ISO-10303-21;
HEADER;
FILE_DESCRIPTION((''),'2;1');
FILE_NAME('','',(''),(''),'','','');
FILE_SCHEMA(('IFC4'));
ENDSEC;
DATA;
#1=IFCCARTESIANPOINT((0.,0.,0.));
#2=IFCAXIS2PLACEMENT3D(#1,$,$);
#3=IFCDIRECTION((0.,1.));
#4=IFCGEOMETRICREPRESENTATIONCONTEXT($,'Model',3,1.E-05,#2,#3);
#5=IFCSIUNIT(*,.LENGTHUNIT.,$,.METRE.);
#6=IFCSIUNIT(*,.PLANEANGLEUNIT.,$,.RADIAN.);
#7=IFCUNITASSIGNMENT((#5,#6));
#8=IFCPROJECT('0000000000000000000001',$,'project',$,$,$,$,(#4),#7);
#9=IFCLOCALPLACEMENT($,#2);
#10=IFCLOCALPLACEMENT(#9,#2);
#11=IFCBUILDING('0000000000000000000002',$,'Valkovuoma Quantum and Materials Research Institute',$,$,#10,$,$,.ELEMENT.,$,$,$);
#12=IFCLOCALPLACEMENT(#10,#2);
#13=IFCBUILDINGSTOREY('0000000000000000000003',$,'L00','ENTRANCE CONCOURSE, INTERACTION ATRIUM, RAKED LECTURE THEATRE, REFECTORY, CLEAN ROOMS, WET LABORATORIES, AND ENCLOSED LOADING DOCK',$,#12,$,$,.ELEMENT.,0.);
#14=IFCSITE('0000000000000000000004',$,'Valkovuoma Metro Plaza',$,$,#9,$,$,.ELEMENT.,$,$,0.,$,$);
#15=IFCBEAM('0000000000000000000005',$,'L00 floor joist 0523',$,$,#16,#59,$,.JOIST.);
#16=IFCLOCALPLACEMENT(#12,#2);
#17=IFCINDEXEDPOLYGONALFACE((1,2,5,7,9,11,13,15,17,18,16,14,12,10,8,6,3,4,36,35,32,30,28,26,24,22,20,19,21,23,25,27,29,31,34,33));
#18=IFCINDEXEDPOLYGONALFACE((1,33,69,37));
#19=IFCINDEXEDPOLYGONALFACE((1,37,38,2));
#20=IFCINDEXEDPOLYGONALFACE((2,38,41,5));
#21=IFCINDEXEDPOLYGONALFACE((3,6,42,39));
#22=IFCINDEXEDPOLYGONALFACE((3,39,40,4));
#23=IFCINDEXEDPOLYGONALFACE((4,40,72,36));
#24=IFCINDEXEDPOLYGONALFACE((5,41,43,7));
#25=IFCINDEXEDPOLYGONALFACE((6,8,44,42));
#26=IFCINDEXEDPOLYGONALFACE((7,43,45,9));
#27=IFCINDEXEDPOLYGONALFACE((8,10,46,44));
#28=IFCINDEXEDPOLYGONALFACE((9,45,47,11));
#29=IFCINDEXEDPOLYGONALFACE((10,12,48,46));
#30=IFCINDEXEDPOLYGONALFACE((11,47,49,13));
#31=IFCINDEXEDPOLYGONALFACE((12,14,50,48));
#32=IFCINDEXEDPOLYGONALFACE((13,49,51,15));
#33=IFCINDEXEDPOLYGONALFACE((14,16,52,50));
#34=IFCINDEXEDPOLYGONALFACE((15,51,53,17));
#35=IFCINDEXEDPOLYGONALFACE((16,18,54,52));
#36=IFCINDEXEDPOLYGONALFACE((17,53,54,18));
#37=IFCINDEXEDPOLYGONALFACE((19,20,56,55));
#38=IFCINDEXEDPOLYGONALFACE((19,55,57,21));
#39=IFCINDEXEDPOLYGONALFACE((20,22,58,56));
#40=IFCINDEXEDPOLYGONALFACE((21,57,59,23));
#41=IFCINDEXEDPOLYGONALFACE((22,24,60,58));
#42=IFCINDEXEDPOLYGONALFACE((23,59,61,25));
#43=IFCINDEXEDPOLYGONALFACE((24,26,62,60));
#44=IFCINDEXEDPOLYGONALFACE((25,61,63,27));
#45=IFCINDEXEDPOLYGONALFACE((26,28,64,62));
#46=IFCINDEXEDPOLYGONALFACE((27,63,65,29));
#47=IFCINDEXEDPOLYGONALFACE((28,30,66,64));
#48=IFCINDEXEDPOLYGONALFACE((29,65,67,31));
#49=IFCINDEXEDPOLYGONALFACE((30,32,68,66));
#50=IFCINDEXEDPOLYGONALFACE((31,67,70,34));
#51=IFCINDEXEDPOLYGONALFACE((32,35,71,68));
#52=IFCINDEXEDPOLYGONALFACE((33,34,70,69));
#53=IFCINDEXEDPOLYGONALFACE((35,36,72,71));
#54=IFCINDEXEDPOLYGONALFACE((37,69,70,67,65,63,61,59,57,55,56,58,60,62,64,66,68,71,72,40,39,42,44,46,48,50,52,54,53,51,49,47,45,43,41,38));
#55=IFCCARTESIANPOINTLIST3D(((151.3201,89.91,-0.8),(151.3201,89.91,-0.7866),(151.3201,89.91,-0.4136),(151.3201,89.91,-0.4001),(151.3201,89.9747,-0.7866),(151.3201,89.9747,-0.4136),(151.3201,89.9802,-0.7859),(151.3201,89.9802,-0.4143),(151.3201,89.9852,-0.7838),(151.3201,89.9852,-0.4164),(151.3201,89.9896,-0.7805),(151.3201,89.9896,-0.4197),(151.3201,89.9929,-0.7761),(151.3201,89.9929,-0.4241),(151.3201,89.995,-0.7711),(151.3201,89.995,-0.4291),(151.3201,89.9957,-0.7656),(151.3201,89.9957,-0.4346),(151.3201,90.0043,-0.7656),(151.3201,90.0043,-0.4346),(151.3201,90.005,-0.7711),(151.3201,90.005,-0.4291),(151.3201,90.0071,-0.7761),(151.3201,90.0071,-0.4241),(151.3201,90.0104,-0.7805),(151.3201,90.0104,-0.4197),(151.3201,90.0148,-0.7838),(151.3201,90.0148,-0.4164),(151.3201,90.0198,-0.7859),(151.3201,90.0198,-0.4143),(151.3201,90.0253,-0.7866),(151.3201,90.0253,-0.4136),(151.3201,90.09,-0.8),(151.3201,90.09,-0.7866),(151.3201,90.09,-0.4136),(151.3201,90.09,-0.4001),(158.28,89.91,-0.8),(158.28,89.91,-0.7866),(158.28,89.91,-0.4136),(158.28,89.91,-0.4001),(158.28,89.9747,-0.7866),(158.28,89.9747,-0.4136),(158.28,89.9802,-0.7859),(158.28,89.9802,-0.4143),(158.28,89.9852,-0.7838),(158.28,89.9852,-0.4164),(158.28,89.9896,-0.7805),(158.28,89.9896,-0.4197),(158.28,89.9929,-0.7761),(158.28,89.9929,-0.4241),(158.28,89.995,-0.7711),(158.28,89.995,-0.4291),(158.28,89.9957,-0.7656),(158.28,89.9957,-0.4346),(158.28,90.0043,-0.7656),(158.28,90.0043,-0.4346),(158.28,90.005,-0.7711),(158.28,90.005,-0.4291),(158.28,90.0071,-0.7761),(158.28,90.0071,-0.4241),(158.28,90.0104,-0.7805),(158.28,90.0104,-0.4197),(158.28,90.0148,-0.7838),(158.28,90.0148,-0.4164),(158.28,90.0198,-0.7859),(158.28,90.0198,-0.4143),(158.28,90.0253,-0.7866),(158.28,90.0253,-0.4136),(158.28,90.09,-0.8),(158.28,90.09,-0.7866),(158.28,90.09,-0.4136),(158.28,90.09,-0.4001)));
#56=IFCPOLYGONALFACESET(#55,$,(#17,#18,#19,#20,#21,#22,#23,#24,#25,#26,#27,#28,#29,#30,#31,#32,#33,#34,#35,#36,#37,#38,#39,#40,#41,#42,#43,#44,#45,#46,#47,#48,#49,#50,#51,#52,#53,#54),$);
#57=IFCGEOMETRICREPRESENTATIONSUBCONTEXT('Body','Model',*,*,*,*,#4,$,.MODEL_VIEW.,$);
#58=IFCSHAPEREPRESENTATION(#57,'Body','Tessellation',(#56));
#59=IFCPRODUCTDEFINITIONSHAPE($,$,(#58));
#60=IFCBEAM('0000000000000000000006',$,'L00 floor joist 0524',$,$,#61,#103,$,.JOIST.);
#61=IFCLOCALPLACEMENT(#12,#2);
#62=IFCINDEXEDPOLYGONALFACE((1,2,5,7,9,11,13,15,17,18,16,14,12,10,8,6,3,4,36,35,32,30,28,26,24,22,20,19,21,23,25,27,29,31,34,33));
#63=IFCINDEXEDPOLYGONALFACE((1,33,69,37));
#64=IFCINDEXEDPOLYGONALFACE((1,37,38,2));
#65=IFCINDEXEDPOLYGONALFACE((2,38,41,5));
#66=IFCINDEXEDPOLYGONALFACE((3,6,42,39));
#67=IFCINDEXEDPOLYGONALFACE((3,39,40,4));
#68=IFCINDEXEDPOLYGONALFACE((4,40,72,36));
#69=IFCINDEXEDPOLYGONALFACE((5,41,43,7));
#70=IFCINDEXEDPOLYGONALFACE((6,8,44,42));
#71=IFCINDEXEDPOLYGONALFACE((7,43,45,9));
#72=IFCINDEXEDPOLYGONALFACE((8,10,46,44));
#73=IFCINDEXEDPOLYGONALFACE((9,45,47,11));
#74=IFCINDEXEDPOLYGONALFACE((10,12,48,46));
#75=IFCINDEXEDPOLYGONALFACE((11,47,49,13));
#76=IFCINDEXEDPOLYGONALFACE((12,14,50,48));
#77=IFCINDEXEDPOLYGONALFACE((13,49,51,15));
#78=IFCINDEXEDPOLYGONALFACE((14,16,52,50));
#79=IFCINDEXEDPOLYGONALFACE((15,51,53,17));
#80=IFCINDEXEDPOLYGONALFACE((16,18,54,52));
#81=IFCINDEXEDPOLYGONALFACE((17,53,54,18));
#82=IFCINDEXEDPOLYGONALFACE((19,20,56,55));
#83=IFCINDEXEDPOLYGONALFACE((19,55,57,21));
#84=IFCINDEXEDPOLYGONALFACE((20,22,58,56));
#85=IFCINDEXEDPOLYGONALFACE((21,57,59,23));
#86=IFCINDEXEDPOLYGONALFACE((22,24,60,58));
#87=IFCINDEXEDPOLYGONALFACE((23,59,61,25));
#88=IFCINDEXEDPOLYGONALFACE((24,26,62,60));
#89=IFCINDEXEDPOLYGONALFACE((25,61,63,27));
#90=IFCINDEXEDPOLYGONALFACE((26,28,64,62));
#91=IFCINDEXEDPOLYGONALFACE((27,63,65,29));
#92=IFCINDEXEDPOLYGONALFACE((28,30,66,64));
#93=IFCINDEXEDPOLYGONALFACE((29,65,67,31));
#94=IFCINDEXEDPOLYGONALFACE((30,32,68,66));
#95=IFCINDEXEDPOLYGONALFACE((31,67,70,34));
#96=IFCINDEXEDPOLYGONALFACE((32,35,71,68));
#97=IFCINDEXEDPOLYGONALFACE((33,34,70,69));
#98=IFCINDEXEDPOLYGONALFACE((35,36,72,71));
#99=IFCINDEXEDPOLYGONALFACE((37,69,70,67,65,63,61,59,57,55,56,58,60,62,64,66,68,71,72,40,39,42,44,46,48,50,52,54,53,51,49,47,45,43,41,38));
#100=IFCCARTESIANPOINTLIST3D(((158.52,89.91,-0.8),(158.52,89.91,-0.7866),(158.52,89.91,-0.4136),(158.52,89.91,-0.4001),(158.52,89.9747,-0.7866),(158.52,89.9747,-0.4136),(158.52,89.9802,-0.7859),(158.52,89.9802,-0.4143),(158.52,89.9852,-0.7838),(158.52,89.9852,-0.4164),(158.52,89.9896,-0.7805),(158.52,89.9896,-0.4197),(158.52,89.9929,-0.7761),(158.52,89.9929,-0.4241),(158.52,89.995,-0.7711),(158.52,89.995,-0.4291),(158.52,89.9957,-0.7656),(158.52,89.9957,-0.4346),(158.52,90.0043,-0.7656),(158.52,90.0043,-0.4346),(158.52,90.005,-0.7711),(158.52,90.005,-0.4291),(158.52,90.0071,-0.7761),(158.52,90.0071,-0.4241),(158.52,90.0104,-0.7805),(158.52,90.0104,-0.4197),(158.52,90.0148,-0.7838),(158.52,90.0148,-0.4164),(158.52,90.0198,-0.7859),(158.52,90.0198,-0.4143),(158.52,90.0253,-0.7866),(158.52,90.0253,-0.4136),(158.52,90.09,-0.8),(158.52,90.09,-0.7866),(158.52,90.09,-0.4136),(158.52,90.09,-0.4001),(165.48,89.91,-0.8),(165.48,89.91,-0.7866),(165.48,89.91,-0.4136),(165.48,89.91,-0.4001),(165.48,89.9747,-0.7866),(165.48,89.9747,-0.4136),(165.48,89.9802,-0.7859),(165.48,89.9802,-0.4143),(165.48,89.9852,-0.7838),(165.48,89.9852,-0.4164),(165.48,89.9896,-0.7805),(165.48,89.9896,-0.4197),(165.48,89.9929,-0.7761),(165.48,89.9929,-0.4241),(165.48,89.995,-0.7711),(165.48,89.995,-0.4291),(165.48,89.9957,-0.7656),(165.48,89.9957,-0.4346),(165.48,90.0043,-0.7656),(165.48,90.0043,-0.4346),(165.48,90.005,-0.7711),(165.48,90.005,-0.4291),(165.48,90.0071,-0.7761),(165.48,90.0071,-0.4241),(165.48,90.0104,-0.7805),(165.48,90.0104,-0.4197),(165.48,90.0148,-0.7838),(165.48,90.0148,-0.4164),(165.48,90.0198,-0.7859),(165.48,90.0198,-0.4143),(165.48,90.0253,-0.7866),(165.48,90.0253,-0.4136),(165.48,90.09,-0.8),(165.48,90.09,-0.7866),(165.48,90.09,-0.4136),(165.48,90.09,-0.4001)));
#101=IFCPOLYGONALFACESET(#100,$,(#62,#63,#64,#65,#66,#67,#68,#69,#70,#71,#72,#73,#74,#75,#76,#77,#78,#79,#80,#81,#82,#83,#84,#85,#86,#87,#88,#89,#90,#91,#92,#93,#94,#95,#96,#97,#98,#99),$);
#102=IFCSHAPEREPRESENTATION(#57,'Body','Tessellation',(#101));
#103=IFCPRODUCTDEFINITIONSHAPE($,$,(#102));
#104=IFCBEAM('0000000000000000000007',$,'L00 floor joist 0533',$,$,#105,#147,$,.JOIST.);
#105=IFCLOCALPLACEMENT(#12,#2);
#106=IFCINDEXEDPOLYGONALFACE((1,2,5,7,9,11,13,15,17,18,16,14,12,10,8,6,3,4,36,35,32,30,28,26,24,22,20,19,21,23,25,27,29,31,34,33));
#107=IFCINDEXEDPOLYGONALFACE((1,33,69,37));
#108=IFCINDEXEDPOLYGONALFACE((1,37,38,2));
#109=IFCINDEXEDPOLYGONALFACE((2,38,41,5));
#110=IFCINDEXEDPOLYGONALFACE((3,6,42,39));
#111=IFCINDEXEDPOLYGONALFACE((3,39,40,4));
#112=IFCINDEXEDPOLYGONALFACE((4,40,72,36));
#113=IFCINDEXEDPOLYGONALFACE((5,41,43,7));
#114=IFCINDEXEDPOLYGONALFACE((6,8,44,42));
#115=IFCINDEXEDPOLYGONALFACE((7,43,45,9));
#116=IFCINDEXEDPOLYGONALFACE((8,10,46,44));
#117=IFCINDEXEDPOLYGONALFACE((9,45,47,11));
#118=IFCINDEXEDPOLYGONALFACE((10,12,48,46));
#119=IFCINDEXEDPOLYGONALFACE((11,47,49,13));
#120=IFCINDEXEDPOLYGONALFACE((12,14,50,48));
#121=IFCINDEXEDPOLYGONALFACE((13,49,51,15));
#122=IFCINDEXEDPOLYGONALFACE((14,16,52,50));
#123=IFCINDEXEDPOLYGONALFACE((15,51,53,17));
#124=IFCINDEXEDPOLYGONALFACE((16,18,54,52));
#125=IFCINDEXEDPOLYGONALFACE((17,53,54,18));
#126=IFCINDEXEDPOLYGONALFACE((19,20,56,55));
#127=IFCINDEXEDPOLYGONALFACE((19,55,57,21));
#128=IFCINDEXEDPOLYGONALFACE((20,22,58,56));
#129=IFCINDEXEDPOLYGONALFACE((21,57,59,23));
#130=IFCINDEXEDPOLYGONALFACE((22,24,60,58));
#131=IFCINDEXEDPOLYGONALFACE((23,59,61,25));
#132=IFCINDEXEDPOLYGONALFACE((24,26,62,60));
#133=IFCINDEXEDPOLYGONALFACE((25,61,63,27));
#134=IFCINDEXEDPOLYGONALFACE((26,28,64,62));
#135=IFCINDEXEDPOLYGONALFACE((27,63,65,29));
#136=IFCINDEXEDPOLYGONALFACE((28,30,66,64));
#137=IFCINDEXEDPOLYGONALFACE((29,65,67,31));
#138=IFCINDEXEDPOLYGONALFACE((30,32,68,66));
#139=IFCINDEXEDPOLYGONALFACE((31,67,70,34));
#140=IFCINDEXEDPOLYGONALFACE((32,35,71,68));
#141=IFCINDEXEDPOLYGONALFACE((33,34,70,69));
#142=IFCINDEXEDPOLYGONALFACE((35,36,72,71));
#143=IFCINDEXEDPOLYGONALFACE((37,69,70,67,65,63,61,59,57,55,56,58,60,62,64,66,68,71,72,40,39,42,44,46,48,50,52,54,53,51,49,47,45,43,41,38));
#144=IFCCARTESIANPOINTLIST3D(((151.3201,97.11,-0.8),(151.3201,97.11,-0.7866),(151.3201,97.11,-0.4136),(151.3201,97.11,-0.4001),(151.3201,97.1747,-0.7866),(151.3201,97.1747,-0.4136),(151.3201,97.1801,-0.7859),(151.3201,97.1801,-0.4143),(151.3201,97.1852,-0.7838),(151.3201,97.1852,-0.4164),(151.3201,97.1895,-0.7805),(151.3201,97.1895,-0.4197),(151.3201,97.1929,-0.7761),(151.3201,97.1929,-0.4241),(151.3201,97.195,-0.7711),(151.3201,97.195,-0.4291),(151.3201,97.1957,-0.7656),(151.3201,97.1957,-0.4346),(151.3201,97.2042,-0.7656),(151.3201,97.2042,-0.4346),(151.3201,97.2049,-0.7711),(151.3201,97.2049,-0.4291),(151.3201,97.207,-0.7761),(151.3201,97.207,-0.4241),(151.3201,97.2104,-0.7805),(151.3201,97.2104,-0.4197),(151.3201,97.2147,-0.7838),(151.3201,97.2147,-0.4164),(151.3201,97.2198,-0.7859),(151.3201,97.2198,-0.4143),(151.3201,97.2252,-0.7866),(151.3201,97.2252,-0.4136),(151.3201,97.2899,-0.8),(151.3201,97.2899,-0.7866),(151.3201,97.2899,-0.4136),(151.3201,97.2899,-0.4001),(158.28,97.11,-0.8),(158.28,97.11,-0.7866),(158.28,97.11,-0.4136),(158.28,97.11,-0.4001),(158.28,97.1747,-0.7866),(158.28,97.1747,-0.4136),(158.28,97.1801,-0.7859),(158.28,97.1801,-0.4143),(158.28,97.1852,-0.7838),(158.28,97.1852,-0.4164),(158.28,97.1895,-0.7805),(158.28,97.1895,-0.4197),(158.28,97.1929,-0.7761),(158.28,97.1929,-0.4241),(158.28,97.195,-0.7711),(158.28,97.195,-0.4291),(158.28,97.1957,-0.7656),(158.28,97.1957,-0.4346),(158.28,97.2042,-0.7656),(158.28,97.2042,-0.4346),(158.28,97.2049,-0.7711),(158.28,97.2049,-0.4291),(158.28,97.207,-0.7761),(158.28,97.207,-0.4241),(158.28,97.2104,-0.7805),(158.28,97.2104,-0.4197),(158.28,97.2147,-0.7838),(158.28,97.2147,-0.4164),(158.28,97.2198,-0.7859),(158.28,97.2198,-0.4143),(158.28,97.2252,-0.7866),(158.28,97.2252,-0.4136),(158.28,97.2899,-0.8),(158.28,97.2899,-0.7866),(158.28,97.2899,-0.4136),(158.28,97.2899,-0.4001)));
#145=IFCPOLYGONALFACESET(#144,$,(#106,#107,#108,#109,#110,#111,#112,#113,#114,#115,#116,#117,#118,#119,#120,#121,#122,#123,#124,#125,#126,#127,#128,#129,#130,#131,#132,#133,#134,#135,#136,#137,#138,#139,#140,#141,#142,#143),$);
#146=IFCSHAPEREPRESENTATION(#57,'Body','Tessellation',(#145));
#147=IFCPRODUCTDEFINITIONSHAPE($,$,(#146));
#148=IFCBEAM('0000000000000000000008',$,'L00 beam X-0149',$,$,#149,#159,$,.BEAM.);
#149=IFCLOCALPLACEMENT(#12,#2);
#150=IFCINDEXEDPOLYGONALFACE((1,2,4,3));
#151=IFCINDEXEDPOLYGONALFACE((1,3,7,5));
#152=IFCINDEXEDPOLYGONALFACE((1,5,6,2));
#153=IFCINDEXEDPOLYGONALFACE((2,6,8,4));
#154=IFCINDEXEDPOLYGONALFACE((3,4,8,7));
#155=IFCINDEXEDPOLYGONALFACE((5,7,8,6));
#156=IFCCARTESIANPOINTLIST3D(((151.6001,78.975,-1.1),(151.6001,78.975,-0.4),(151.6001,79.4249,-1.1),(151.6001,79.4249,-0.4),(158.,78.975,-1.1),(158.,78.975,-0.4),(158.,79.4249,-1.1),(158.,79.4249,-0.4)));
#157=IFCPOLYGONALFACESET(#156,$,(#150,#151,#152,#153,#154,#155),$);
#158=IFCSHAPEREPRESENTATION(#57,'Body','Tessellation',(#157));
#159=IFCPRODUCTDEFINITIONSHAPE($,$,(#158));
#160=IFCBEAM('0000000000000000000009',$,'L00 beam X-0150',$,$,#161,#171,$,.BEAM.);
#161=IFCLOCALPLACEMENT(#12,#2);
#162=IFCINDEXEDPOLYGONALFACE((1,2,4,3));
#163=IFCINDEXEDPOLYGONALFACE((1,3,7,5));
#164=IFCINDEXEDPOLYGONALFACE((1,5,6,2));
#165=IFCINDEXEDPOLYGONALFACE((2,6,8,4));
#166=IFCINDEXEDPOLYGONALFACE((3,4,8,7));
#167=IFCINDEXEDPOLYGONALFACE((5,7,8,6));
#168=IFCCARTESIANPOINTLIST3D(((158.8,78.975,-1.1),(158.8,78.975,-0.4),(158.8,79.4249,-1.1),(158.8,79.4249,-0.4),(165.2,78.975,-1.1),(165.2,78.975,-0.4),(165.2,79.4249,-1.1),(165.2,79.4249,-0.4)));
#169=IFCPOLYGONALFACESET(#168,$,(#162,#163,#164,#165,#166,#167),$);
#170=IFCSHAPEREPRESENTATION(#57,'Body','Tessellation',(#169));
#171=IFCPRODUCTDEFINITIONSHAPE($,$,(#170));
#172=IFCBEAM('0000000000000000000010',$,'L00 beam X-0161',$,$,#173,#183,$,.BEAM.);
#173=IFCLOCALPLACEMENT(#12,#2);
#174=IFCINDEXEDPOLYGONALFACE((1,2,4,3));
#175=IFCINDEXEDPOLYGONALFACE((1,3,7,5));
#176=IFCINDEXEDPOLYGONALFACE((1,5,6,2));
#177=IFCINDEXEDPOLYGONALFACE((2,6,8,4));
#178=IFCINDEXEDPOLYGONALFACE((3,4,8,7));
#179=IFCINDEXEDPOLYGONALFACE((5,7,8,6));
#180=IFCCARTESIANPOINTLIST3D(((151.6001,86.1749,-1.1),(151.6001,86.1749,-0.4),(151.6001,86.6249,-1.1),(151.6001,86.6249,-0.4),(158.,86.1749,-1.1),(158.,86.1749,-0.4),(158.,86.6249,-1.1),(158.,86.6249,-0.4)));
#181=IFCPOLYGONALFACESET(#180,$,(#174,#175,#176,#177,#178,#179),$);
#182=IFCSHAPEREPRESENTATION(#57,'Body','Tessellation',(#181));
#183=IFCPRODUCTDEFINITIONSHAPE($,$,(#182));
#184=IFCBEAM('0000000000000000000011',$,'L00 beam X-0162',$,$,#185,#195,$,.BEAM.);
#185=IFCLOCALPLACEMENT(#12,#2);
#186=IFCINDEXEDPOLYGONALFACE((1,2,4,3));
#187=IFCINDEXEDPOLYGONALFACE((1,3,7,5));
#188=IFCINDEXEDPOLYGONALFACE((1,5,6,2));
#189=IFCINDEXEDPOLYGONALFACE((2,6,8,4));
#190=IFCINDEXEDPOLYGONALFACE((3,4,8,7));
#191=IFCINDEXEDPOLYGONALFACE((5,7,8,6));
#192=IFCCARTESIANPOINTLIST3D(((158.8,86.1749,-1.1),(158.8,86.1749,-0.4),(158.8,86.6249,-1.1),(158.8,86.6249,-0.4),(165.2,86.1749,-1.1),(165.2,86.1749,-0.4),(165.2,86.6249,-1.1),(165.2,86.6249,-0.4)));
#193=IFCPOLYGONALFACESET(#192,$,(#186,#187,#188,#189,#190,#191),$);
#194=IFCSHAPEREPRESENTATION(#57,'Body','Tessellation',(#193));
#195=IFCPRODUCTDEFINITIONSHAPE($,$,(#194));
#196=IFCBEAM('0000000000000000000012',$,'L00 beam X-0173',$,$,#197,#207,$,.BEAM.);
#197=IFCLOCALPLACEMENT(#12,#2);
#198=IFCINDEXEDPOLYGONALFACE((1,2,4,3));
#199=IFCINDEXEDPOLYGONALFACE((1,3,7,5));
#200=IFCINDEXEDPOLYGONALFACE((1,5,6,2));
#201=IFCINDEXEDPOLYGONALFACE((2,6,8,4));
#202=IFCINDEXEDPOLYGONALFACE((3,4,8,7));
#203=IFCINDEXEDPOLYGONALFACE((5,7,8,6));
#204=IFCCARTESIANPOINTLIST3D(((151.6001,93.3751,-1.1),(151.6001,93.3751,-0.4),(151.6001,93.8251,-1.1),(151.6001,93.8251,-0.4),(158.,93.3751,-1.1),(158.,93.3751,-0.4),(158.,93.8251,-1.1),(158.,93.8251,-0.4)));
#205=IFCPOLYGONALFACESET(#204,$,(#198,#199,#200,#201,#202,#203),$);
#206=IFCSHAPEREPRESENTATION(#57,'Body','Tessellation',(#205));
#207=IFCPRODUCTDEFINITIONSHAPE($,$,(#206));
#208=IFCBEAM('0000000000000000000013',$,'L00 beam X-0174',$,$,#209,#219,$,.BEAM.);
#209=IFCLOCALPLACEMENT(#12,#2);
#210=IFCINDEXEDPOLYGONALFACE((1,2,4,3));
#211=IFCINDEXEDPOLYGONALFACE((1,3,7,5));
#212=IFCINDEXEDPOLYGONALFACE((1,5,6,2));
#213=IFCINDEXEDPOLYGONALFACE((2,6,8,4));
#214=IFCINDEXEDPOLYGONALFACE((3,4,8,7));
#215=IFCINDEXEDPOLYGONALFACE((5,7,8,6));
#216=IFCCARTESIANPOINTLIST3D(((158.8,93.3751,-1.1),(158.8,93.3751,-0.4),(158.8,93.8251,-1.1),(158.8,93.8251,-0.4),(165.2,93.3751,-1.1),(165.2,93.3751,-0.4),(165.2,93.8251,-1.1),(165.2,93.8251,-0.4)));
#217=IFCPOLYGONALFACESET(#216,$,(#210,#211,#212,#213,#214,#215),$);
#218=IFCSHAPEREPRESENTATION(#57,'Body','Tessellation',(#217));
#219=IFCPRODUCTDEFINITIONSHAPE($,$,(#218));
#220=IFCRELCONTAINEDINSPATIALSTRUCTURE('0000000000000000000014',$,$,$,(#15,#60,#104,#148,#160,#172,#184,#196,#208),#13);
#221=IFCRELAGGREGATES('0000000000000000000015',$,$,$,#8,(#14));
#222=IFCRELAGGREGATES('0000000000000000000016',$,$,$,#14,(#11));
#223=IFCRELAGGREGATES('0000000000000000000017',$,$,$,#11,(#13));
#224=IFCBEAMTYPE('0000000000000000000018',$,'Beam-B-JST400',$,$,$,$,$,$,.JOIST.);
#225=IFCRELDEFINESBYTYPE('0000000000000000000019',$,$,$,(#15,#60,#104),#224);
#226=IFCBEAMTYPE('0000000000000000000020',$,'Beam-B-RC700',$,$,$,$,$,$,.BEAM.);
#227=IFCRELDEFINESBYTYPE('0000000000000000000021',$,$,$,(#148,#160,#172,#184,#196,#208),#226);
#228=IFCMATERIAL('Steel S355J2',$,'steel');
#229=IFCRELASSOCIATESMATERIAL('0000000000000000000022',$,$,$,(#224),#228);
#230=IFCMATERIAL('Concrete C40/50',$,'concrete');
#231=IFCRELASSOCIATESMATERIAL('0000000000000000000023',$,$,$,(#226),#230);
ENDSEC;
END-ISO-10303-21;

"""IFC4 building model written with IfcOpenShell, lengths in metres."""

from ifc_helpers import new_model, si_unit, direction, frame, origin, origin_2d, place, context, subcontext, project, spatial, rectangle, i_section, extrude, material, material_profile, profile_set, type_object, element, save


model = new_model("IFC4")

# Units and contexts
model_context = context("Model", 3, precision=1e-05, world=origin(), true_north=direction((0.0, 1.0)))
body_context = subcontext(model_context, "Body", "Model", "MODEL_VIEW")
ifc_project = project(units=[si_unit("LENGTHUNIT", "METRE"), si_unit("PLANEANGLEUNIT", "RADIAN")], contexts=[model_context])

# Site, building, storey
site_placement = place(None, origin())
site = spatial("IfcSite", under=ifc_project, at=site_placement, Name="Valkovuoma Metro Plaza", CompositionType="ELEMENT", RefElevation=0.0)
building_placement = place(site_placement, origin())
building = spatial("IfcBuilding", under=site, at=building_placement, Name="Valkovuoma Quantum and Materials Research Institute", CompositionType="ELEMENT")
storey_placement = place(building_placement, origin())
storey = spatial("IfcBuildingStorey", under=building, at=storey_placement, Name="L00", Description="ENTRANCE CONCOURSE, INTERACTION ATRIUM, RAKED LECTURE THEATRE, REFECTORY, CLEAN ROOMS, WET LABORATORIES, AND ENCLOSED LOADING DOCK", CompositionType="ELEMENT", Elevation=0.0)

# Beams
ifc_material_1 = material(Name="Steel S355J2", Category="steel")
ifc_material_profile_1 = material_profile(ifc_material_1, i_section(OverallWidth=0.1799, OverallDepth=0.3999, WebThickness=0.0085, FlangeThickness=0.0134, FilletRadius=0.021, at=origin_2d()), Name="Steel S355J2")
ifc_profile_set_1 = profile_set([ifc_material_profile_1], Name="Steel S355J2")
beam_type_1 = type_object("IfcBeamType", Name="Beam-B-JST400", PredefinedType="JOIST", material=ifc_profile_set_1)
for number, where, z_axis, x_axis, name in (
    (1, (151.3201, 90.0, -0.6001), (1.0, 0.0, 0.0), (0.0, 1.0, 0.0), "L00 floor joist 0523"),
    (2, (158.52, 90.0, -0.6001), (1.0, 0.0, 0.0), (0.0, 1.0, 0.0), "L00 floor joist 0524"),
    (3, (151.3201, 97.2, -0.6001), (1.0, 0.0, 0.0), (0.0, 1.0, 0.0), "L00 floor joist 0533"),
):
    element("IfcBeam", number, at=place(storey_placement, frame(where, z_axis=z_axis, x_axis=x_axis)), inside=storey, type_object=beam_type_1, Name=name, PredefinedType="JOIST", context=body_context, shape_type="SweptSolid", body=[
        extrude(i_section(OverallWidth=0.1799, OverallDepth=0.3999, WebThickness=0.0085, FlangeThickness=0.0134, FilletRadius=0.021, at=origin_2d()), origin(), (0.0, 0.0, 1.0), 6.96),
    ])
ifc_material_2 = material(Name="Concrete C40/50", Category="concrete")
ifc_material_profile_2 = material_profile(ifc_material_2, rectangle(XDim=0.45, YDim=0.7, at=origin_2d()), Name="Concrete C40/50")
ifc_profile_set_2 = profile_set([ifc_material_profile_2], Name="Concrete C40/50")
beam_type_2 = type_object("IfcBeamType", Name="Beam-B-RC700", PredefinedType="BEAM", material=ifc_profile_set_2)
for number, where, z_axis, x_axis, name in (
    (4, (151.6001, 79.2, -0.75), (1.0, 0.0, 0.0), (0.0, 1.0, 0.0), "L00 beam X-0149"),
    (5, (158.8, 79.2, -0.75), (1.0, 0.0, 0.0), (0.0, 1.0, 0.0), "L00 beam X-0150"),
    (6, (151.6001, 86.3999, -0.75), (1.0, 0.0, 0.0), (0.0, 1.0, 0.0), "L00 beam X-0161"),
    (7, (158.8, 86.3999, -0.75), (1.0, 0.0, 0.0), (0.0, 1.0, 0.0), "L00 beam X-0162"),
    (8, (151.6001, 93.6001, -0.75), (1.0, 0.0, 0.0), (0.0, 1.0, 0.0), "L00 beam X-0173"),
    (9, (158.8, 93.6001, -0.75), (1.0, 0.0, 0.0), (0.0, 1.0, 0.0), "L00 beam X-0174"),
):
    element("IfcBeam", number, at=place(storey_placement, frame(where, z_axis=z_axis, x_axis=x_axis)), inside=storey, type_object=beam_type_2, Name=name, PredefinedType="BEAM", context=body_context, shape_type="SweptSolid", body=[
        extrude(rectangle(XDim=0.45, YDim=0.7, at=origin_2d()), origin(), (0.0, 0.0, 1.0), 6.3999),
    ])

save(model, "model.ifc")
